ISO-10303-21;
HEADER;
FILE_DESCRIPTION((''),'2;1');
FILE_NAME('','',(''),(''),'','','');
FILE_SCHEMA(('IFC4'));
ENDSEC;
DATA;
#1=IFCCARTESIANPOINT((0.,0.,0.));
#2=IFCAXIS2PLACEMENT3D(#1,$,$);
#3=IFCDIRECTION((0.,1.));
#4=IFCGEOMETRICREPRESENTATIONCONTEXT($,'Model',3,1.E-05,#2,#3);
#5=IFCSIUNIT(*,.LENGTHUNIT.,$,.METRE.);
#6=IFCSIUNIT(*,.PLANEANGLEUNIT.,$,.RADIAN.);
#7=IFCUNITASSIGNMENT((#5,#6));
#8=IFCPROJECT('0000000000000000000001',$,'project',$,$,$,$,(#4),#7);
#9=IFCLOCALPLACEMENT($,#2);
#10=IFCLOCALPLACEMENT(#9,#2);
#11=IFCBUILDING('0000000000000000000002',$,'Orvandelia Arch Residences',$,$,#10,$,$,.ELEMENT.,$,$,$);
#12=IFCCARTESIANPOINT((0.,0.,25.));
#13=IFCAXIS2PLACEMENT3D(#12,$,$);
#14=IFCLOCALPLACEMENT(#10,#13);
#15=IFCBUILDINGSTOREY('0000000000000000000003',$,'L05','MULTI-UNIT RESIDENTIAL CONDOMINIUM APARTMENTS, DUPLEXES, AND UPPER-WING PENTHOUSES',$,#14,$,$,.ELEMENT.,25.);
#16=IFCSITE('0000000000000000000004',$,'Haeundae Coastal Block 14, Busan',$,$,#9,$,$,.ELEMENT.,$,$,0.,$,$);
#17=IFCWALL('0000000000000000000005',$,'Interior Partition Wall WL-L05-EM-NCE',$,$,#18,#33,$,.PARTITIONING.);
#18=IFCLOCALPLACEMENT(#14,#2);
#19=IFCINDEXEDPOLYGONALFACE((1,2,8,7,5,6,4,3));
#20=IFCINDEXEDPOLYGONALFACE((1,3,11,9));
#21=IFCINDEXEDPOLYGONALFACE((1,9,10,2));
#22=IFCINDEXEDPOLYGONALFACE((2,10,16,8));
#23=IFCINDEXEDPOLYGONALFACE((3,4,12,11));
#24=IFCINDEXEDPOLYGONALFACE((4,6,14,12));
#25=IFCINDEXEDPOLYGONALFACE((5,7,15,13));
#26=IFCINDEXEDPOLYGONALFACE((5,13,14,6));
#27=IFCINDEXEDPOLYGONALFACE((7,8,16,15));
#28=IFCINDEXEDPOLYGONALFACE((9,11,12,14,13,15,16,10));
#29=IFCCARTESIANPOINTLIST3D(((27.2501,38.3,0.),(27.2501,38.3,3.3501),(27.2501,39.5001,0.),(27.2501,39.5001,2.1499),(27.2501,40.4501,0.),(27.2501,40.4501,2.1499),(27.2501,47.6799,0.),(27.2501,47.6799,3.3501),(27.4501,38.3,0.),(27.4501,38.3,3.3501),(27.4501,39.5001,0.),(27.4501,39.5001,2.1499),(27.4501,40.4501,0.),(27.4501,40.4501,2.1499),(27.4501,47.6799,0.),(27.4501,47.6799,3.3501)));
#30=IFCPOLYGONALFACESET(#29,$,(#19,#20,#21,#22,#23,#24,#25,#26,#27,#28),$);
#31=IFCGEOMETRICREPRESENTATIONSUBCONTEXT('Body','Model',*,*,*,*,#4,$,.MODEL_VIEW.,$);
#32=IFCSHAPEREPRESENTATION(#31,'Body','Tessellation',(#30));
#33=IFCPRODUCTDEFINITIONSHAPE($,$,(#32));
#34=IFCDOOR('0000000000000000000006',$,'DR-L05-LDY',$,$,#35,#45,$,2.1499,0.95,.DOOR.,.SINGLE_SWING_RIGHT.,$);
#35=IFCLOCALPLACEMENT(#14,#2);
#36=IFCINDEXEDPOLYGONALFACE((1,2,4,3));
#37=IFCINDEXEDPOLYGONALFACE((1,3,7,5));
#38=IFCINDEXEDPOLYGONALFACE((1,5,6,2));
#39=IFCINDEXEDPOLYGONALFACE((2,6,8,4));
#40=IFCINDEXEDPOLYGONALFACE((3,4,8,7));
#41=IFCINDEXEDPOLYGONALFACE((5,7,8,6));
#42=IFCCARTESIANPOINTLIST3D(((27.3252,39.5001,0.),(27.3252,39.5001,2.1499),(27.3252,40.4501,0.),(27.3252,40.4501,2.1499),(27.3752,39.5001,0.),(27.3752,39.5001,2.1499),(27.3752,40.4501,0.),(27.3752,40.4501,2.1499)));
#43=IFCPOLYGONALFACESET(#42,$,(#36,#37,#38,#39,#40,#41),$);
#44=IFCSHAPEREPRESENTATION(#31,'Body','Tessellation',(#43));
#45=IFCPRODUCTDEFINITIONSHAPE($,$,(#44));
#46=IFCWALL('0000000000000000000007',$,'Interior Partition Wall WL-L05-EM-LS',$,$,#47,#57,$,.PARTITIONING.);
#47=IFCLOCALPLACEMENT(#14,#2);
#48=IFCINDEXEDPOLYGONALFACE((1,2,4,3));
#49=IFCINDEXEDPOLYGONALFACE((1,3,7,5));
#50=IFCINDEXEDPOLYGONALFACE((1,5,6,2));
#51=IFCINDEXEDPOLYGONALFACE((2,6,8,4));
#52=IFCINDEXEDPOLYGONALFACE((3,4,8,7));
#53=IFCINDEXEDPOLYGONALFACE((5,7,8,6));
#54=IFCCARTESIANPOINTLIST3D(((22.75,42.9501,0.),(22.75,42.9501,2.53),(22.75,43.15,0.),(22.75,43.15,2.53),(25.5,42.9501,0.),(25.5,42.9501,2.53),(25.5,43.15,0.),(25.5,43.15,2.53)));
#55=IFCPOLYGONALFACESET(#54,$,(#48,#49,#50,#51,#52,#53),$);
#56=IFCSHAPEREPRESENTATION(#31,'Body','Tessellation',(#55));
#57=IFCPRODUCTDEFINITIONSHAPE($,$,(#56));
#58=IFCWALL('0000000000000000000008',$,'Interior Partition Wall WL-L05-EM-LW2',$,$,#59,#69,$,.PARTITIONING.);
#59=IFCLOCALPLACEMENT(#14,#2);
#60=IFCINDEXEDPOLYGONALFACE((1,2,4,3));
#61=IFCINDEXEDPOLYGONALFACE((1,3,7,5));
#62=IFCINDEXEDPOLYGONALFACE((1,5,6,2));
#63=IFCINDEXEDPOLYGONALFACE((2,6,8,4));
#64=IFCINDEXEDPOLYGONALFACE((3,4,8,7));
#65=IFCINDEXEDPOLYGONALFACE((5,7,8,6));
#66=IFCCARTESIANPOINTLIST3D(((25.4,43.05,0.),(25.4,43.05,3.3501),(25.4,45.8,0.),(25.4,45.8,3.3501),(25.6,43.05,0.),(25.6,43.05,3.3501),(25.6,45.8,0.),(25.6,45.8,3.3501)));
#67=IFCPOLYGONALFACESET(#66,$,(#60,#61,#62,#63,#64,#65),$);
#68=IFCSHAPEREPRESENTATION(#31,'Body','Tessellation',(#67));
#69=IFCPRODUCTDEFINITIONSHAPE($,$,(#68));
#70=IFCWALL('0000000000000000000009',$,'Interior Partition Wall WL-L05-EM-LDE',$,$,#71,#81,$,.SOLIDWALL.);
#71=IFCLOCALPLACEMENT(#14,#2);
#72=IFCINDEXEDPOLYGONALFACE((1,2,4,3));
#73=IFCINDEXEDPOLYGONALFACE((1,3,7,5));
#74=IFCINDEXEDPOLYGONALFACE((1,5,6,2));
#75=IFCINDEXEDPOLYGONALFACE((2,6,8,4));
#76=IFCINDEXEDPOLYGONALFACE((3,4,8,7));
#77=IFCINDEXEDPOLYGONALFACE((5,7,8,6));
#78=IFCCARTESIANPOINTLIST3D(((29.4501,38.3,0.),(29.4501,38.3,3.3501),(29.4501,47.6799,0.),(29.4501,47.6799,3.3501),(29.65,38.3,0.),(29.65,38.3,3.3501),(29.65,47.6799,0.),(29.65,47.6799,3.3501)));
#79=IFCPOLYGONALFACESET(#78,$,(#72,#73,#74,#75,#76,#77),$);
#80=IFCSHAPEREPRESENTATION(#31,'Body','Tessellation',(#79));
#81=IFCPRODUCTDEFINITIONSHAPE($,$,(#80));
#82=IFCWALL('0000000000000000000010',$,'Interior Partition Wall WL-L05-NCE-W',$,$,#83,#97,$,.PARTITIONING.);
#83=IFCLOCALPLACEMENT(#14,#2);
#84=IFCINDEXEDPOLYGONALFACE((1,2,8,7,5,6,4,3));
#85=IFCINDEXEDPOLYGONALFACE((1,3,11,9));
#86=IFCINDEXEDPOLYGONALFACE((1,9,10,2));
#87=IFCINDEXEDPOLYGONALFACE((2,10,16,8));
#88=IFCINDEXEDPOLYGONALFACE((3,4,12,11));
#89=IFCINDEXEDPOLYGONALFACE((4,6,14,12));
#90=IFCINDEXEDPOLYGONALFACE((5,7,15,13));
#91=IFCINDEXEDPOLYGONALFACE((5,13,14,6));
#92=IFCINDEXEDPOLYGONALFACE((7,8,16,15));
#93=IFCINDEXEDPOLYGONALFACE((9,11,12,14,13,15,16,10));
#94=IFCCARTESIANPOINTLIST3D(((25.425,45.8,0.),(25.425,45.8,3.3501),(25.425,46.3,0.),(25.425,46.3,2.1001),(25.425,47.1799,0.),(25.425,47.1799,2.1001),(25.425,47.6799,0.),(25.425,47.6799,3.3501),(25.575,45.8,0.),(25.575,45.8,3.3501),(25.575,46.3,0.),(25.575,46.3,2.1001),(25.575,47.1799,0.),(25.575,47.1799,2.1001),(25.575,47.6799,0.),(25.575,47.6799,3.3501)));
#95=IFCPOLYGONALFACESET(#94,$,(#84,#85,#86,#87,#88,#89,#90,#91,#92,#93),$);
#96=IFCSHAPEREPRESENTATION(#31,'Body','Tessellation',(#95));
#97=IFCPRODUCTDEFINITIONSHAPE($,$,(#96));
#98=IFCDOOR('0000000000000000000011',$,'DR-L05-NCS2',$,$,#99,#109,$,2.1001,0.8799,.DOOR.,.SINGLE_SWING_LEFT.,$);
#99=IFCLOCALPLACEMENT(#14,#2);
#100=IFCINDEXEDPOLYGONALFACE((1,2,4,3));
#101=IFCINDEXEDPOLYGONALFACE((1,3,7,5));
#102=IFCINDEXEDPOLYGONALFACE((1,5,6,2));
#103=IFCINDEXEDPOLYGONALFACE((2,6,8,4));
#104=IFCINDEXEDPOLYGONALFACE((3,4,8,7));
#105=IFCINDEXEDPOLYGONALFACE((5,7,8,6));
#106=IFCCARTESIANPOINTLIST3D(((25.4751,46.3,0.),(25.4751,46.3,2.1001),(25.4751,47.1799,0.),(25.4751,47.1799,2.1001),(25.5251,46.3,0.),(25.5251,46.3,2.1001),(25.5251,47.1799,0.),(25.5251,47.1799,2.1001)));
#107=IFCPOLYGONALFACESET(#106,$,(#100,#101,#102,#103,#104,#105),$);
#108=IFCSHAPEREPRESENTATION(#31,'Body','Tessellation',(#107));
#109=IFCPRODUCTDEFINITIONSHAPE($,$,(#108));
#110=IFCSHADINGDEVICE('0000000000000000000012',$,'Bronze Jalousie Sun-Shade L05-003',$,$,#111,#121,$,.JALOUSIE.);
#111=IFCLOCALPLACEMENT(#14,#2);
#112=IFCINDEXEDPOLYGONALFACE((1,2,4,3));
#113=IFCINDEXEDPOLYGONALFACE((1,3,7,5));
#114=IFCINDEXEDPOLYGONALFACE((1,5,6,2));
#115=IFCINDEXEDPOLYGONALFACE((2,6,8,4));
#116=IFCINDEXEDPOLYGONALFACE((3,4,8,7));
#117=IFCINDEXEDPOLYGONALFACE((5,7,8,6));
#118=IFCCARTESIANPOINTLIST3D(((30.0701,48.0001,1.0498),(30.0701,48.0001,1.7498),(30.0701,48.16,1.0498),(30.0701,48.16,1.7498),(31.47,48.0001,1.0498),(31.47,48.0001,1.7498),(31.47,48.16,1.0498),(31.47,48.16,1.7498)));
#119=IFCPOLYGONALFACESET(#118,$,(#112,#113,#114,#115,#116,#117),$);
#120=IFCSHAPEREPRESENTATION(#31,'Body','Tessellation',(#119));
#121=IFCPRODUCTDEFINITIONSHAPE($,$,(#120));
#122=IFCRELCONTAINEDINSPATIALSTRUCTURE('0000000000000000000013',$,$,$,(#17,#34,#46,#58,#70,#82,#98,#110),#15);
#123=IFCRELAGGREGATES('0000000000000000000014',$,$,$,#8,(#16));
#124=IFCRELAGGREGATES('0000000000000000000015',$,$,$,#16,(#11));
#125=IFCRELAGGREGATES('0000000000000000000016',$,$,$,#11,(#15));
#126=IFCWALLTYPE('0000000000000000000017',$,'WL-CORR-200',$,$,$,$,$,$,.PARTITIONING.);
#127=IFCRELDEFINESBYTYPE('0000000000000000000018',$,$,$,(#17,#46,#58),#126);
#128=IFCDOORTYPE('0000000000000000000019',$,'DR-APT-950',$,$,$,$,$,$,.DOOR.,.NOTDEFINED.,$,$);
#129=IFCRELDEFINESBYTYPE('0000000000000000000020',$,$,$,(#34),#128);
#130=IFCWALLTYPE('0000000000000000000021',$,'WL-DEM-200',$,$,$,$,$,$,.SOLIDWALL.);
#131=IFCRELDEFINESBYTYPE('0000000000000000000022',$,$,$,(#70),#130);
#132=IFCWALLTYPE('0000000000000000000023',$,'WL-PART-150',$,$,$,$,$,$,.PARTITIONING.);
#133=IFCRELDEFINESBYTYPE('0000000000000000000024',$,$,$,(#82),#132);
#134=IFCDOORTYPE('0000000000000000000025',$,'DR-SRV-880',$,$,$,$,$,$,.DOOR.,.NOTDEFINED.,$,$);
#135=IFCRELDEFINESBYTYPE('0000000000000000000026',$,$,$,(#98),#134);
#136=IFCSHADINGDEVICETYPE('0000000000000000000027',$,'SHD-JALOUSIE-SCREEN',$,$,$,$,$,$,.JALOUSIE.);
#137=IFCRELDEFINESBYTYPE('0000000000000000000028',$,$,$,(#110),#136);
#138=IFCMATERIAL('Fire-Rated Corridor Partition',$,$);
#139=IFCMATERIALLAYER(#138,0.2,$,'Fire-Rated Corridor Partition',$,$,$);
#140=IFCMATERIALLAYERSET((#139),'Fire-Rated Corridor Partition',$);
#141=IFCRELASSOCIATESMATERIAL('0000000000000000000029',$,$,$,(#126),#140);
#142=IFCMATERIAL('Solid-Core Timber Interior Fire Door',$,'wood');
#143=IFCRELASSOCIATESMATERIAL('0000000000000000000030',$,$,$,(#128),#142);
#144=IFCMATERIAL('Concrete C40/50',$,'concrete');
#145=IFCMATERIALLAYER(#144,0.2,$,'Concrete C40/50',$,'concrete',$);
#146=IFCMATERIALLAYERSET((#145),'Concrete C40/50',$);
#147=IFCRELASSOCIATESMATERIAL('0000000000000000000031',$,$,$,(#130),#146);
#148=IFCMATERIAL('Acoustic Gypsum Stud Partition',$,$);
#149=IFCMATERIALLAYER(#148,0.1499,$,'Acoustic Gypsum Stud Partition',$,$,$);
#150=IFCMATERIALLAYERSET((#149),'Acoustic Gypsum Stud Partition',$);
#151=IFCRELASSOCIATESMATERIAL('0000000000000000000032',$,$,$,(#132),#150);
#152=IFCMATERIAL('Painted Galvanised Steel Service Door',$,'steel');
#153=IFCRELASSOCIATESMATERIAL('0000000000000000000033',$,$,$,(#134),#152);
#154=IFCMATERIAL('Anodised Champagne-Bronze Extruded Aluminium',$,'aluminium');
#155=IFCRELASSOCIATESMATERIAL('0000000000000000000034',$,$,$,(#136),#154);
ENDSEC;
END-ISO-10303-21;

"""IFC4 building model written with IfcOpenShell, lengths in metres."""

from ifc_helpers import new_model, si_unit, direction, frame, frame_2d, origin, origin_2d, place, context, subcontext, project, spatial, rectangle, extrude, material, layer, layer_set, type_object, element, fill, save


model = new_model("IFC4")

# Units and contexts
model_context = context("Model", 3, precision=1e-05, world=origin(), true_north=direction((0.0, 1.0)))
body_context = subcontext(model_context, "Body", "Model", "MODEL_VIEW")
ifc_project = project(units=[si_unit("LENGTHUNIT", "METRE"), si_unit("PLANEANGLEUNIT", "RADIAN")], contexts=[model_context])

# Site, building, storey
site_placement = place(None, origin())
site = spatial("IfcSite", under=ifc_project, at=site_placement, Name="Haeundae Coastal Block 14, Busan", CompositionType="ELEMENT", RefElevation=0.0)
building_placement = place(site_placement, origin())
building = spatial("IfcBuilding", under=site, at=building_placement, Name="Orvandelia Arch Residences", CompositionType="ELEMENT")
storey_placement = place(building_placement, frame((0.0, 0.0, 25.0)))
storey = spatial("IfcBuildingStorey", under=building, at=storey_placement, Name="L05", Description="MULTI-UNIT RESIDENTIAL CONDOMINIUM APARTMENTS, DUPLEXES, AND UPPER-WING PENTHOUSES", CompositionType="ELEMENT", Elevation=25.0)

# Shared definitions
ifc_material_1 = material(Name="Fire-Rated Corridor Partition")
ifc_layer_1 = layer(ifc_material_1, 0.2, Name="Fire-Rated Corridor Partition")
ifc_layer_set_1 = layer_set([ifc_layer_1], Name="Fire-Rated Corridor Partition")
wall_type_1 = type_object("IfcWallType", Name="WL-CORR-200", PredefinedType="PARTITIONING", material=ifc_layer_set_1)

# Wall, opening, door
wall_1_placement = place(storey_placement, frame((27.3501, 38.3, 0.0), z_axis=(0.0, 0.0, 1.0), x_axis=(0.0, 1.0, 0.0)))
wall_1 = element("IfcWall", 1, at=wall_1_placement, inside=storey, type_object=wall_type_1, Name="Interior Partition Wall WL-L05-EM-NCE", PredefinedType="PARTITIONING", context=body_context, shape_type="SweptSolid", body=[
    extrude(rectangle(XDim=9.3799, YDim=0.2, at=frame_2d((4.6899, 0.0))), origin(), (0.0, 0.0, 1.0), 3.3501),
])
opening_1_placement = place(wall_1_placement, frame((1.2, 0.0, 0.0)))
opening_1 = element("IfcOpeningElement", 2, at=opening_1_placement, cuts=wall_1, PredefinedType="OPENING", context=body_context, shape_type="SweptSolid", body=[
    extrude(rectangle(XDim=0.95, YDim=2.1499, at=frame_2d((0.4751, 1.075))), frame((0.0, 0.1099, 0.0), z_axis=(0.0, -1.0, 0.0), x_axis=(1.0, 0.0, 0.0)), (0.0, 0.0, 1.0), 0.22),
])
ifc_material_2 = material(Name="Solid-Core Timber Interior Fire Door", Category="wood")
door_type_1 = type_object("IfcDoorType", Name="DR-APT-950", OperationType="NOTDEFINED", PredefinedType="DOOR", material=ifc_material_2)
door_1_placement = place(opening_1_placement, origin())
door_1 = element("IfcDoor", 3, at=door_1_placement, inside=storey, type_object=door_type_1, Name="DR-L05-LDY", OperationType="SINGLE_SWING_RIGHT", OverallHeight=2.1499, OverallWidth=0.95, PredefinedType="DOOR", context=body_context, shape_type="SweptSolid", body=[
    extrude(rectangle(XDim=0.95, YDim=2.1499, at=frame_2d((0.4751, 1.075))), frame((0.0, 0.0249, 0.0), z_axis=(0.0, -1.0, 0.0), x_axis=(1.0, 0.0, 0.0)), (0.0, 0.0, 1.0), 0.05),
])
fill(opening_1, door_1)

# Walls
wall_2_placement = place(storey_placement, frame((22.75, 43.05, 0.0), z_axis=(0.0, 0.0, 1.0), x_axis=(1.0, 0.0, 0.0)))
element("IfcWall", 4, at=wall_2_placement, inside=storey, type_object=wall_type_1, Name="Interior Partition Wall WL-L05-EM-LS", PredefinedType="PARTITIONING", context=body_context, shape_type="SweptSolid", body=[
    extrude(rectangle(XDim=2.75, YDim=0.2, at=frame_2d((1.375, 0.0))), origin(), (0.0, 0.0, 1.0), 2.53),
])
wall_3_placement = place(storey_placement, frame((25.5, 43.05, 0.0), z_axis=(0.0, 0.0, 1.0), x_axis=(0.0, 1.0, 0.0)))
element("IfcWall", 5, at=wall_3_placement, inside=storey, type_object=wall_type_1, Name="Interior Partition Wall WL-L05-EM-LW2", PredefinedType="PARTITIONING", context=body_context, shape_type="SweptSolid", body=[
    extrude(rectangle(XDim=2.75, YDim=0.2, at=frame_2d((1.375, 0.0))), origin(), (0.0, 0.0, 1.0), 3.3501),
])
ifc_material_3 = material(Name="Concrete C40/50", Category="concrete")
ifc_layer_2 = layer(ifc_material_3, 0.2, Name="Concrete C40/50", Category="concrete")
ifc_layer_set_2 = layer_set([ifc_layer_2], Name="Concrete C40/50")
wall_type_2 = type_object("IfcWallType", Name="WL-DEM-200", PredefinedType="SOLIDWALL", material=ifc_layer_set_2)
wall_4_placement = place(storey_placement, frame((29.55, 38.3, 0.0), z_axis=(0.0, 0.0, 1.0), x_axis=(0.0, 1.0, 0.0)))
element("IfcWall", 6, at=wall_4_placement, inside=storey, type_object=wall_type_2, Name="Interior Partition Wall WL-L05-EM-LDE", PredefinedType="SOLIDWALL", context=body_context, shape_type="SweptSolid", body=[
    extrude(rectangle(XDim=9.3799, YDim=0.2, at=frame_2d((4.6899, 0.0))), origin(), (0.0, 0.0, 1.0), 3.3501),
])

# Wall, opening, door
ifc_material_4 = material(Name="Acoustic Gypsum Stud Partition")
ifc_layer_3 = layer(ifc_material_4, 0.1499, Name="Acoustic Gypsum Stud Partition")
ifc_layer_set_3 = layer_set([ifc_layer_3], Name="Acoustic Gypsum Stud Partition")
wall_type_3 = type_object("IfcWallType", Name="WL-PART-150", PredefinedType="PARTITIONING", material=ifc_layer_set_3)
wall_5_placement = place(storey_placement, frame((25.5, 45.8, 0.0), z_axis=(0.0, 0.0, 1.0), x_axis=(0.0, 1.0, 0.0)))
wall_5 = element("IfcWall", 7, at=wall_5_placement, inside=storey, type_object=wall_type_3, Name="Interior Partition Wall WL-L05-NCE-W", PredefinedType="PARTITIONING", context=body_context, shape_type="SweptSolid", body=[
    extrude(rectangle(XDim=1.8799, YDim=0.1499, at=frame_2d((0.9399, 0.0))), origin(), (0.0, 0.0, 1.0), 3.3501),
])
opening_2_placement = place(wall_5_placement, frame((0.5, 0.0, 0.0)))
opening_2 = element("IfcOpeningElement", 8, at=opening_2_placement, cuts=wall_5, PredefinedType="OPENING", context=body_context, shape_type="SweptSolid", body=[
    extrude(rectangle(XDim=0.8799, YDim=2.1001, at=frame_2d((0.4399, 1.05))), frame((0.0, 0.085, 0.0), z_axis=(0.0, -1.0, 0.0), x_axis=(1.0, 0.0, 0.0)), (0.0, 0.0, 1.0), 0.1699),
])
ifc_material_5 = material(Name="Painted Galvanised Steel Service Door", Category="steel")
door_type_2 = type_object("IfcDoorType", Name="DR-SRV-880", OperationType="NOTDEFINED", PredefinedType="DOOR", material=ifc_material_5)
door_2_placement = place(opening_2_placement, origin())
door_2 = element("IfcDoor", 9, at=door_2_placement, inside=storey, type_object=door_type_2, Name="DR-L05-NCS2", OperationType="SINGLE_SWING_LEFT", OverallHeight=2.1001, OverallWidth=0.8799, PredefinedType="DOOR", context=body_context, shape_type="SweptSolid", body=[
    extrude(rectangle(XDim=0.8799, YDim=2.1001, at=frame_2d((0.4399, 1.05))), frame((0.0, 0.0249, 0.0), z_axis=(0.0, -1.0, 0.0), x_axis=(1.0, 0.0, 0.0)), (0.0, 0.0, 1.0), 0.05),
])
fill(opening_2, door_2)

# Shading device
ifc_material_6 = material(Name="Anodised Champagne-Bronze Extruded Aluminium", Category="aluminium")
shading_device_type = type_object("IfcShadingDeviceType", Name="SHD-JALOUSIE-SCREEN", PredefinedType="JALOUSIE", material=ifc_material_6)
shading_device_placement = place(storey_placement, frame((30.77, 48.0801, 1.0498), z_axis=(0.0, 0.0, 1.0), x_axis=(1.0, 0.0, 0.0)))
element("IfcShadingDevice", 10, at=shading_device_placement, inside=storey, type_object=shading_device_type, Name="Bronze Jalousie Sun-Shade L05-003", PredefinedType="JALOUSIE", context=body_context, shape_type="SweptSolid", body=[
    extrude(rectangle(XDim=1.3999, YDim=0.1599, at=origin_2d()), origin(), (0.0, 0.0, 1.0), 0.7),
])

save(model, "model.ifc")
